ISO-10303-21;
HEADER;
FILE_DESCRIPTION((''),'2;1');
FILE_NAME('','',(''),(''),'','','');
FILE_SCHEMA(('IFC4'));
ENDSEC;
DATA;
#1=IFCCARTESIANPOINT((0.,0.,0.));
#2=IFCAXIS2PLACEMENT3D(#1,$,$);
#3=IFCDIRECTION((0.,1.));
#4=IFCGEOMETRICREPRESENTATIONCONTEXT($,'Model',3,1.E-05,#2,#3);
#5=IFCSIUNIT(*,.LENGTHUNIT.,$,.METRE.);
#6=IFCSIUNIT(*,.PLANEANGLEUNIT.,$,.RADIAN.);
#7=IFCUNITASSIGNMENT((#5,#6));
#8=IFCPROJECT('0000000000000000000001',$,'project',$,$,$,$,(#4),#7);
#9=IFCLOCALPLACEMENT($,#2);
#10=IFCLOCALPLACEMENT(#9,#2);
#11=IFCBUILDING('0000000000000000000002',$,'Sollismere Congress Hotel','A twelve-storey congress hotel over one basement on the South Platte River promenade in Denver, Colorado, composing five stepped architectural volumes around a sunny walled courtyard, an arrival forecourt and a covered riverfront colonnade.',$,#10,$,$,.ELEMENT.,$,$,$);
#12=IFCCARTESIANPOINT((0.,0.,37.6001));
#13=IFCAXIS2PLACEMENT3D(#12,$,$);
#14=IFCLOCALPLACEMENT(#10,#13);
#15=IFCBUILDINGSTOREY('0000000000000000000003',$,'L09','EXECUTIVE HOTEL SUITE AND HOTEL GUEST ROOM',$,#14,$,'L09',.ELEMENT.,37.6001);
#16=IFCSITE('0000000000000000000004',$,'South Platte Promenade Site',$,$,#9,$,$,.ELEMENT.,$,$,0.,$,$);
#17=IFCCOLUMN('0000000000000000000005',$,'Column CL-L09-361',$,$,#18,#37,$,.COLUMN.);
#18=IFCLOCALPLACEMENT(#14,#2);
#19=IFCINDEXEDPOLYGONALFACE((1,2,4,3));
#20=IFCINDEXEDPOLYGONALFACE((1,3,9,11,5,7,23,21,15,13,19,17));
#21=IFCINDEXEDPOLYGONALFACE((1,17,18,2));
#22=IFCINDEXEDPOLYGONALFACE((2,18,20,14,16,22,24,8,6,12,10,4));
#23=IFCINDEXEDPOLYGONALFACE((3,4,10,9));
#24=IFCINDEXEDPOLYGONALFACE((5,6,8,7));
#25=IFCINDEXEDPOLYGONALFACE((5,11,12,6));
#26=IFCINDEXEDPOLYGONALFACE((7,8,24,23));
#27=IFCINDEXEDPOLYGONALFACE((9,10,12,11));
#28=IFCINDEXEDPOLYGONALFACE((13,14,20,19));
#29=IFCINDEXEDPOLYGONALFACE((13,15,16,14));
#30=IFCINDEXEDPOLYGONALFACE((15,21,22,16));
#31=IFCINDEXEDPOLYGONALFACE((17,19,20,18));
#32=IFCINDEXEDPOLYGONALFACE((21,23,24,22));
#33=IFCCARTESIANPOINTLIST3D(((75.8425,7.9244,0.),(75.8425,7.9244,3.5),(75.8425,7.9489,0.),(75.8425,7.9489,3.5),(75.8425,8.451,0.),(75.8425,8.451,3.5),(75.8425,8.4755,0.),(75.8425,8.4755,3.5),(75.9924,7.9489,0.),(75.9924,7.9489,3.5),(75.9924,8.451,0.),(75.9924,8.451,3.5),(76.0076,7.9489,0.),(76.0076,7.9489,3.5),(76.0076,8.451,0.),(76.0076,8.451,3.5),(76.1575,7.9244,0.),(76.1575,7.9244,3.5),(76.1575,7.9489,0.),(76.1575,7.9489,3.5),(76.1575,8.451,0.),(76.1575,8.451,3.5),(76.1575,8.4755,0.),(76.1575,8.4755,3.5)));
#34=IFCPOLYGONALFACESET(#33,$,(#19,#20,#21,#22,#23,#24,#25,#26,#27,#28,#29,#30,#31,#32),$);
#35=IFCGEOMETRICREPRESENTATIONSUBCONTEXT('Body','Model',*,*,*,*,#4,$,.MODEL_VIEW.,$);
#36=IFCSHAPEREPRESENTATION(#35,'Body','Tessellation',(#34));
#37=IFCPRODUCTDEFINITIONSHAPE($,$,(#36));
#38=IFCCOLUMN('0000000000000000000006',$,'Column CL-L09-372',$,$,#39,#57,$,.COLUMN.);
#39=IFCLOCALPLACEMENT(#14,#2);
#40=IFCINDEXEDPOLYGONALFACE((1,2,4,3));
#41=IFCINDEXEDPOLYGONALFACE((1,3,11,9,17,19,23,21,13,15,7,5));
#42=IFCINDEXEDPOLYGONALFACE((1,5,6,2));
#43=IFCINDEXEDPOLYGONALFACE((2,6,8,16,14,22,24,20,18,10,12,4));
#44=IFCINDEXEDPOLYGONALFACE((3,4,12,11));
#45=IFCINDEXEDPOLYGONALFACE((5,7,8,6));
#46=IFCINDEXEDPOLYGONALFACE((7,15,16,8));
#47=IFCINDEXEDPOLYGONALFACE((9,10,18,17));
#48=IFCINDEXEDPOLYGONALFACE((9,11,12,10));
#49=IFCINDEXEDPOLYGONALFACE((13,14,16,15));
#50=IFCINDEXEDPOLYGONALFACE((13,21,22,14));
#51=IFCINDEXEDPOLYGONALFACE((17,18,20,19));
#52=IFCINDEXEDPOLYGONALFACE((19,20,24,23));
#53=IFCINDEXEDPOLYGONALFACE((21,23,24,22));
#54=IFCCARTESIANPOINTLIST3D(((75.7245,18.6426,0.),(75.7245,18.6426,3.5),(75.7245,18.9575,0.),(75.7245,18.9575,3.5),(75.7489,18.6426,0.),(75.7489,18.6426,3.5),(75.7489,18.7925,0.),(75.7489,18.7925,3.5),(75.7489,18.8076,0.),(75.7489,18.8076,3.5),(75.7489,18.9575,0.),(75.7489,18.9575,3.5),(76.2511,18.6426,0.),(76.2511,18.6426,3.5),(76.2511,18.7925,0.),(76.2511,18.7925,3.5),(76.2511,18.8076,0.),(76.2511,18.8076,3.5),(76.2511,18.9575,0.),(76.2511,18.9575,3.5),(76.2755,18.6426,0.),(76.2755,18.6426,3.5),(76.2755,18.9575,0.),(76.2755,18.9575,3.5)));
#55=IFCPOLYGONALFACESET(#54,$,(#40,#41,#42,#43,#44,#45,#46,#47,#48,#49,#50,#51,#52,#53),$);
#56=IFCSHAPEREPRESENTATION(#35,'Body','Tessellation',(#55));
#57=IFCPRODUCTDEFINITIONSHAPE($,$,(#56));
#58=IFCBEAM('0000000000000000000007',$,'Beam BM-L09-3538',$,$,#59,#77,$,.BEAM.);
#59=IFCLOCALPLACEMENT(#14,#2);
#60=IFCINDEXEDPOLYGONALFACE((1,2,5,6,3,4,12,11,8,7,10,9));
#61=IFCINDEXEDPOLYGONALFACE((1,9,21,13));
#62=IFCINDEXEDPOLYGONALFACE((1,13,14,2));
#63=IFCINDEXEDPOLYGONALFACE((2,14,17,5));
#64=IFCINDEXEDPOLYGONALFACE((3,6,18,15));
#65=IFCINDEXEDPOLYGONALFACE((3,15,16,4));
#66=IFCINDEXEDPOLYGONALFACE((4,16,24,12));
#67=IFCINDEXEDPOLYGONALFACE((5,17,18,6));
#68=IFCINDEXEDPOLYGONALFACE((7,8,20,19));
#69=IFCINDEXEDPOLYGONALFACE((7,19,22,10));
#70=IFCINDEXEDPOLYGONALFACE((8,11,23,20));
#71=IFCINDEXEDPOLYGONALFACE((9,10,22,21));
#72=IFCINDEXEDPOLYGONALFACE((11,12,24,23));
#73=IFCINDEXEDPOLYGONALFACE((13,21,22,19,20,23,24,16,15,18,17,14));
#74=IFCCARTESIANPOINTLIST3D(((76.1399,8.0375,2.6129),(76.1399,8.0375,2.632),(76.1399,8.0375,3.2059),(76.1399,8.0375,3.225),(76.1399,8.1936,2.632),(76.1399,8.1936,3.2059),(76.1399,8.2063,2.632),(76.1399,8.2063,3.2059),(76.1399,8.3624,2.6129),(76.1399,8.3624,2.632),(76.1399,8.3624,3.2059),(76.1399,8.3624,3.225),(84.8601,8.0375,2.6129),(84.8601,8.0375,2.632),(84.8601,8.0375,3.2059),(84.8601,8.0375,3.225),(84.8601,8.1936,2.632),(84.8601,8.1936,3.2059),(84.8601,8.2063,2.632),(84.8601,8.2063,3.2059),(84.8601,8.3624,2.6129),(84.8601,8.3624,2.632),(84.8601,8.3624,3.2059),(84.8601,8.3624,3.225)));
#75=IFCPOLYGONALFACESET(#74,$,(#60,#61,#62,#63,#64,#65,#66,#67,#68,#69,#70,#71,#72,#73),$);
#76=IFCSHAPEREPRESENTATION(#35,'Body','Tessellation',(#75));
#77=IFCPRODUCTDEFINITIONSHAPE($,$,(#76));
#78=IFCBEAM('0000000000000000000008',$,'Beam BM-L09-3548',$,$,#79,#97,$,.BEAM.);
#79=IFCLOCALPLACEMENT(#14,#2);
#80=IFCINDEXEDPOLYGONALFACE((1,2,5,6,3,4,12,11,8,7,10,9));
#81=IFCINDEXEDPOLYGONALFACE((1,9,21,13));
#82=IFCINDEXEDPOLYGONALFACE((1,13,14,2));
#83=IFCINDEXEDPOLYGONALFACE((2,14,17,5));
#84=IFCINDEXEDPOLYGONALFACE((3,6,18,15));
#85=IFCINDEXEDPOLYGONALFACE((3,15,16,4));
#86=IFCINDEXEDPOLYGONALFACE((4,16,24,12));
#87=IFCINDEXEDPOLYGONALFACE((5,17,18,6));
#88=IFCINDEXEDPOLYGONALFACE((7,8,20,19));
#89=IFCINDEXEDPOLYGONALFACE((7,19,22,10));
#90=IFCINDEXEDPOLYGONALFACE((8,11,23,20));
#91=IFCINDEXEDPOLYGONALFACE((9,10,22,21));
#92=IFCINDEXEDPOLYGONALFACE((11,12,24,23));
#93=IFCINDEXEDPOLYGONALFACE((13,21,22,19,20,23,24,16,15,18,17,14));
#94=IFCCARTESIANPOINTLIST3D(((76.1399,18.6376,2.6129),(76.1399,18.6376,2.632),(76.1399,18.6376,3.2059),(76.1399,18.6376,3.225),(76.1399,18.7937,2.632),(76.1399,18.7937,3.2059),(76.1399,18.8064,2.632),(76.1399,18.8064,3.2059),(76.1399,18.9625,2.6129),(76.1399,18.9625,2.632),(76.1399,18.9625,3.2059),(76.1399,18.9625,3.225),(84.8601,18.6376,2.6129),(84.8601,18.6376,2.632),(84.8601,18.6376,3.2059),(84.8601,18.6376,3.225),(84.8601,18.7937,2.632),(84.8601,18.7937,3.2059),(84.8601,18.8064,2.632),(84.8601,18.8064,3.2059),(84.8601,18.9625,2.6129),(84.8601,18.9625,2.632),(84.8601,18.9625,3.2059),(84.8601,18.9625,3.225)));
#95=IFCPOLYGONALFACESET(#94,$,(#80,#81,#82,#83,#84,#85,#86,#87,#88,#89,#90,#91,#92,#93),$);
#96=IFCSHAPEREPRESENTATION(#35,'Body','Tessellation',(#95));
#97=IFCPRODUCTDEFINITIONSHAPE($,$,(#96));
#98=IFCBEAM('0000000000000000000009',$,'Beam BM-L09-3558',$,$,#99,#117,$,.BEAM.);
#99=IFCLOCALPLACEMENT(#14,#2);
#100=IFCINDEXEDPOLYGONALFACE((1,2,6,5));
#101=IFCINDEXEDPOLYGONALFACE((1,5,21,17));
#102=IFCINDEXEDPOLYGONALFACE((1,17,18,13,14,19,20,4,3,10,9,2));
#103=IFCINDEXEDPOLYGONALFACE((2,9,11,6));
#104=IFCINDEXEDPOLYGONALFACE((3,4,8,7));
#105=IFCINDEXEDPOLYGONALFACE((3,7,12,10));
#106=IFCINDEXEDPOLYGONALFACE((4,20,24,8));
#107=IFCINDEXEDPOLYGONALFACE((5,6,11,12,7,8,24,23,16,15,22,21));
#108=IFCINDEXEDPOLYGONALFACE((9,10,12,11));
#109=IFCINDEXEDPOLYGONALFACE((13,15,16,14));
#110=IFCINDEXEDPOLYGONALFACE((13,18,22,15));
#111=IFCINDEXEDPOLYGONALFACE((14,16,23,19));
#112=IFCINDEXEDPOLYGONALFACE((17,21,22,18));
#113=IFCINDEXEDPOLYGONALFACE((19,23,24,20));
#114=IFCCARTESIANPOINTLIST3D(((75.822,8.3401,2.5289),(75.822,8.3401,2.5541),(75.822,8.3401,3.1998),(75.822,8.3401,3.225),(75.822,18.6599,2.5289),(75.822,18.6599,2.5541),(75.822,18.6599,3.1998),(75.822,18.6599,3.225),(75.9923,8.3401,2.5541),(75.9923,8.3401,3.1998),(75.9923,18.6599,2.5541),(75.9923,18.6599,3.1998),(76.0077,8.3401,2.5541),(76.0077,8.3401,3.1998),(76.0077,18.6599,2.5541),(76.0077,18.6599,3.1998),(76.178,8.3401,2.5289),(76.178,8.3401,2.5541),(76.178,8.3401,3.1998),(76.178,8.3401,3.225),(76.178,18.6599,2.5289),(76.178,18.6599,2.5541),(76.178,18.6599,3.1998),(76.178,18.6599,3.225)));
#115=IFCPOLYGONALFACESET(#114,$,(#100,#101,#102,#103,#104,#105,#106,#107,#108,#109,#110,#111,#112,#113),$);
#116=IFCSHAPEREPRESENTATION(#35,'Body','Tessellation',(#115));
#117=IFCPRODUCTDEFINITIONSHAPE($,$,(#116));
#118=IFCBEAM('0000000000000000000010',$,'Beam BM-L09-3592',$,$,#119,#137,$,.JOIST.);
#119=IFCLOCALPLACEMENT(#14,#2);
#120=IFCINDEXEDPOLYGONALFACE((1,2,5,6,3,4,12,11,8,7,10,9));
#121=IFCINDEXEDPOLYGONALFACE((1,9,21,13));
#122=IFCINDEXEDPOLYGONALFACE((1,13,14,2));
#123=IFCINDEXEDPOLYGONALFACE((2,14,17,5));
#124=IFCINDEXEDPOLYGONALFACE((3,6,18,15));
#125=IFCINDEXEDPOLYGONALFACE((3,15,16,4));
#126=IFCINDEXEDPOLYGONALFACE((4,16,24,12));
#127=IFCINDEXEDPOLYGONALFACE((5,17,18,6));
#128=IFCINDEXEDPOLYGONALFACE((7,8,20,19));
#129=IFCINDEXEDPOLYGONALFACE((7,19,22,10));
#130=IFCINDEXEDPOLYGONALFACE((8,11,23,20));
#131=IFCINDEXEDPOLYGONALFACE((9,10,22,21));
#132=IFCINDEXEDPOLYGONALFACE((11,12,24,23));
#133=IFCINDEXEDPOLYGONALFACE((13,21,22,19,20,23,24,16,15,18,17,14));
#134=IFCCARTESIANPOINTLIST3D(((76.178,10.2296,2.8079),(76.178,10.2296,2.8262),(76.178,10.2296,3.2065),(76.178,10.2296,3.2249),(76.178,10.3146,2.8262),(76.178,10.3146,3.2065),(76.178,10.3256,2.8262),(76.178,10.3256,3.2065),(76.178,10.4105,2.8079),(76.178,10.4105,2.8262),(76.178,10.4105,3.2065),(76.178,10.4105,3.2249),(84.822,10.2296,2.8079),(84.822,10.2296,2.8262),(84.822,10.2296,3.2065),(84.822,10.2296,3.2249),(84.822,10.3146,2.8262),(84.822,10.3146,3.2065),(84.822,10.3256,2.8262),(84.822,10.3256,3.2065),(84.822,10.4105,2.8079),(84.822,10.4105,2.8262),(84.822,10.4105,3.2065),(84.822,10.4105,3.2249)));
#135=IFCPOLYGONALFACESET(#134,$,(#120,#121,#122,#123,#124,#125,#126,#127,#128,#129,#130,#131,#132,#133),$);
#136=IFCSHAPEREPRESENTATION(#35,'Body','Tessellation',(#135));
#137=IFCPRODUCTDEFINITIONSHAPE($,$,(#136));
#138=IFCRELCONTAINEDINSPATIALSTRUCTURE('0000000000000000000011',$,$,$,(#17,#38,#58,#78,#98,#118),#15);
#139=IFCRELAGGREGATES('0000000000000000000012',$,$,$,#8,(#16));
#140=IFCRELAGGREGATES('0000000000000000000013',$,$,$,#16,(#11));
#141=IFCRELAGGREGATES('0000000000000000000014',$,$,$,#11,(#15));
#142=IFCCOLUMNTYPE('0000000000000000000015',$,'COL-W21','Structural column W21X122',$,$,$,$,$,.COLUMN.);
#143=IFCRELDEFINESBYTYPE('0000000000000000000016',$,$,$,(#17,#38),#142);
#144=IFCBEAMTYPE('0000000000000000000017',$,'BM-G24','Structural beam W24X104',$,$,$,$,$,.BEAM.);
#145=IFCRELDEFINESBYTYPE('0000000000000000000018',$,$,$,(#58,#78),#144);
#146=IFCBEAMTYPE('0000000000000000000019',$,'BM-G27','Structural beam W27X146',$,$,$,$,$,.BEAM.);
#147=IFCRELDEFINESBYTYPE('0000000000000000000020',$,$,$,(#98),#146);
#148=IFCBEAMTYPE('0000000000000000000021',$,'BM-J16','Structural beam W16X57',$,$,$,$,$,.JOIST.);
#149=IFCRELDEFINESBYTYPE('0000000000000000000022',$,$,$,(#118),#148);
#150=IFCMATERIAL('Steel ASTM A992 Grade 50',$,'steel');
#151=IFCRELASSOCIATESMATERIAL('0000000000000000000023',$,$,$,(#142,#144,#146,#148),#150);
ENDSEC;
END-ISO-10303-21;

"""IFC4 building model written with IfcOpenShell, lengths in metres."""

from ifc_helpers import new_model, si_unit, direction, frame, origin, origin_2d, place, context, subcontext, project, spatial, i_section, extrude, material, material_profile, profile_set, type_object, element, save


model = new_model("IFC4")

# Units and contexts
model_context = context("Model", 3, precision=1e-05, world=origin(), true_north=direction((0.0, 1.0)))
body_context = subcontext(model_context, "Body", "Model", "MODEL_VIEW")
ifc_project = project(units=[si_unit("LENGTHUNIT", "METRE"), si_unit("PLANEANGLEUNIT", "RADIAN")], contexts=[model_context])

# Site, building, storey
site_placement = place(None, origin())
site = spatial("IfcSite", under=ifc_project, at=site_placement, Name="South Platte Promenade Site", CompositionType="ELEMENT", RefElevation=0.0)
building_placement = place(site_placement, origin())
building = spatial("IfcBuilding", under=site, at=building_placement, Name="Sollismere Congress Hotel", Description="A twelve-storey congress hotel over one basement on the South Platte River promenade in Denver, Colorado, composing five stepped architectural volumes around a sunny walled courtyard, an arrival forecourt and a covered riverfront colonnade.", CompositionType="ELEMENT")
storey_placement = place(building_placement, frame((0.0, 0.0, 37.6001)))
storey = spatial("IfcBuildingStorey", under=building, at=storey_placement, Name="L09", Description="EXECUTIVE HOTEL SUITE AND HOTEL GUEST ROOM", LongName="L09", CompositionType="ELEMENT", Elevation=37.6001)

# Columns
ifc_material_1 = material(Name="Steel ASTM A992 Grade 50", Category="steel")
ifc_material_profile_1 = material_profile(ifc_material_1, i_section(OverallWidth=0.3149, OverallDepth=0.551, WebThickness=0.0151, FlangeThickness=0.0244, at=origin_2d()), Name="W21X122")
ifc_profile_set_1 = profile_set([ifc_material_profile_1], Name="Steel ASTM A992 Grade 50")
column_type = type_object("IfcColumnType", Name="COL-W21", Description="Structural column W21X122", PredefinedType="COLUMN", material=ifc_profile_set_1)
for number, where, z_axis, x_axis, name in (
    (1, (76.0, 8.2, 0.0), (0.0, 0.0, 1.0), (1.0, 0.0, 0.0), "Column CL-L09-361"),
    (2, (76.0, 18.8, 0.0), (0.0, 0.0, 1.0), (0.0, 1.0, 0.0), "Column CL-L09-372"),
):
    element("IfcColumn", number, at=place(storey_placement, frame(where, z_axis=z_axis, x_axis=x_axis)), inside=storey, type_object=column_type, Name=name, PredefinedType="COLUMN", context=body_context, shape_type="SweptSolid", body=[
        extrude(i_section(OverallWidth=0.3149, OverallDepth=0.551, WebThickness=0.0151, FlangeThickness=0.0244, at=origin_2d()), origin(), (0.0, 0.0, 1.0), 3.5),
    ])

# Beams
ifc_material_profile_2 = material_profile(ifc_material_1, i_section(OverallWidth=0.325, OverallDepth=0.6121, WebThickness=0.0127, FlangeThickness=0.019, at=origin_2d()), Name="W24X104")
ifc_profile_set_2 = profile_set([ifc_material_profile_2], Name="Steel ASTM A992 Grade 50")
beam_type_1 = type_object("IfcBeamType", Name="BM-G24", Description="Structural beam W24X104", PredefinedType="BEAM", material=ifc_profile_set_2)
for number, where, z_axis, x_axis, name in (
    (3, (76.1399, 8.2, 2.9189), (1.0, 0.0, 0.0), (0.0, 1.0, 0.0), "Beam BM-L09-3538"),
    (4, (76.1399, 18.8, 2.9189), (1.0, 0.0, 0.0), (0.0, 1.0, 0.0), "Beam BM-L09-3548"),
):
    element("IfcBeam", number, at=place(storey_placement, frame(where, z_axis=z_axis, x_axis=x_axis)), inside=storey, type_object=beam_type_1, Name=name, PredefinedType="BEAM", context=body_context, shape_type="SweptSolid", body=[
        extrude(i_section(OverallWidth=0.325, OverallDepth=0.6121, WebThickness=0.0127, FlangeThickness=0.019, at=origin_2d()), origin(), (0.0, 0.0, 1.0), 8.7202),
    ])
ifc_material_profile_3 = material_profile(ifc_material_1, i_section(OverallWidth=0.356, OverallDepth=0.696, WebThickness=0.0154, FlangeThickness=0.0251, at=origin_2d()), Name="W27X146")
ifc_profile_set_3 = profile_set([ifc_material_profile_3], Name="Steel ASTM A992 Grade 50")
beam_type_2 = type_object("IfcBeamType", Name="BM-G27", Description="Structural beam W27X146", PredefinedType="BEAM", material=ifc_profile_set_3)
beam_1_placement = place(storey_placement, frame((76.0, 8.3401, 2.877), z_axis=(0.0, 1.0, 0.0), x_axis=(-1.0, 0.0, 0.0)))
element("IfcBeam", 5, at=beam_1_placement, inside=storey, type_object=beam_type_2, Name="Beam BM-L09-3558", PredefinedType="BEAM", context=body_context, shape_type="SweptSolid", body=[
    extrude(i_section(OverallWidth=0.356, OverallDepth=0.696, WebThickness=0.0154, FlangeThickness=0.0251, at=origin_2d()), origin(), (0.0, 0.0, 1.0), 10.3198),
])
ifc_material_profile_4 = material_profile(ifc_material_1, i_section(OverallWidth=0.1809, OverallDepth=0.417, WebThickness=0.011, FlangeThickness=0.0183, at=origin_2d()), Name="W16X57")
ifc_profile_set_4 = profile_set([ifc_material_profile_4], Name="Steel ASTM A992 Grade 50")
beam_type_3 = type_object("IfcBeamType", Name="BM-J16", Description="Structural beam W16X57", PredefinedType="JOIST", material=ifc_profile_set_4)
beam_2_placement = place(storey_placement, frame((76.178, 10.3201, 3.0164), z_axis=(1.0, 0.0, 0.0), x_axis=(0.0, 1.0, 0.0)))
element("IfcBeam", 6, at=beam_2_placement, inside=storey, type_object=beam_type_3, Name="Beam BM-L09-3592", PredefinedType="JOIST", context=body_context, shape_type="SweptSolid", body=[
    extrude(i_section(OverallWidth=0.1809, OverallDepth=0.417, WebThickness=0.011, FlangeThickness=0.0183, at=origin_2d()), origin(), (0.0, 0.0, 1.0), 8.644),
])

save(model, "model.ifc")
